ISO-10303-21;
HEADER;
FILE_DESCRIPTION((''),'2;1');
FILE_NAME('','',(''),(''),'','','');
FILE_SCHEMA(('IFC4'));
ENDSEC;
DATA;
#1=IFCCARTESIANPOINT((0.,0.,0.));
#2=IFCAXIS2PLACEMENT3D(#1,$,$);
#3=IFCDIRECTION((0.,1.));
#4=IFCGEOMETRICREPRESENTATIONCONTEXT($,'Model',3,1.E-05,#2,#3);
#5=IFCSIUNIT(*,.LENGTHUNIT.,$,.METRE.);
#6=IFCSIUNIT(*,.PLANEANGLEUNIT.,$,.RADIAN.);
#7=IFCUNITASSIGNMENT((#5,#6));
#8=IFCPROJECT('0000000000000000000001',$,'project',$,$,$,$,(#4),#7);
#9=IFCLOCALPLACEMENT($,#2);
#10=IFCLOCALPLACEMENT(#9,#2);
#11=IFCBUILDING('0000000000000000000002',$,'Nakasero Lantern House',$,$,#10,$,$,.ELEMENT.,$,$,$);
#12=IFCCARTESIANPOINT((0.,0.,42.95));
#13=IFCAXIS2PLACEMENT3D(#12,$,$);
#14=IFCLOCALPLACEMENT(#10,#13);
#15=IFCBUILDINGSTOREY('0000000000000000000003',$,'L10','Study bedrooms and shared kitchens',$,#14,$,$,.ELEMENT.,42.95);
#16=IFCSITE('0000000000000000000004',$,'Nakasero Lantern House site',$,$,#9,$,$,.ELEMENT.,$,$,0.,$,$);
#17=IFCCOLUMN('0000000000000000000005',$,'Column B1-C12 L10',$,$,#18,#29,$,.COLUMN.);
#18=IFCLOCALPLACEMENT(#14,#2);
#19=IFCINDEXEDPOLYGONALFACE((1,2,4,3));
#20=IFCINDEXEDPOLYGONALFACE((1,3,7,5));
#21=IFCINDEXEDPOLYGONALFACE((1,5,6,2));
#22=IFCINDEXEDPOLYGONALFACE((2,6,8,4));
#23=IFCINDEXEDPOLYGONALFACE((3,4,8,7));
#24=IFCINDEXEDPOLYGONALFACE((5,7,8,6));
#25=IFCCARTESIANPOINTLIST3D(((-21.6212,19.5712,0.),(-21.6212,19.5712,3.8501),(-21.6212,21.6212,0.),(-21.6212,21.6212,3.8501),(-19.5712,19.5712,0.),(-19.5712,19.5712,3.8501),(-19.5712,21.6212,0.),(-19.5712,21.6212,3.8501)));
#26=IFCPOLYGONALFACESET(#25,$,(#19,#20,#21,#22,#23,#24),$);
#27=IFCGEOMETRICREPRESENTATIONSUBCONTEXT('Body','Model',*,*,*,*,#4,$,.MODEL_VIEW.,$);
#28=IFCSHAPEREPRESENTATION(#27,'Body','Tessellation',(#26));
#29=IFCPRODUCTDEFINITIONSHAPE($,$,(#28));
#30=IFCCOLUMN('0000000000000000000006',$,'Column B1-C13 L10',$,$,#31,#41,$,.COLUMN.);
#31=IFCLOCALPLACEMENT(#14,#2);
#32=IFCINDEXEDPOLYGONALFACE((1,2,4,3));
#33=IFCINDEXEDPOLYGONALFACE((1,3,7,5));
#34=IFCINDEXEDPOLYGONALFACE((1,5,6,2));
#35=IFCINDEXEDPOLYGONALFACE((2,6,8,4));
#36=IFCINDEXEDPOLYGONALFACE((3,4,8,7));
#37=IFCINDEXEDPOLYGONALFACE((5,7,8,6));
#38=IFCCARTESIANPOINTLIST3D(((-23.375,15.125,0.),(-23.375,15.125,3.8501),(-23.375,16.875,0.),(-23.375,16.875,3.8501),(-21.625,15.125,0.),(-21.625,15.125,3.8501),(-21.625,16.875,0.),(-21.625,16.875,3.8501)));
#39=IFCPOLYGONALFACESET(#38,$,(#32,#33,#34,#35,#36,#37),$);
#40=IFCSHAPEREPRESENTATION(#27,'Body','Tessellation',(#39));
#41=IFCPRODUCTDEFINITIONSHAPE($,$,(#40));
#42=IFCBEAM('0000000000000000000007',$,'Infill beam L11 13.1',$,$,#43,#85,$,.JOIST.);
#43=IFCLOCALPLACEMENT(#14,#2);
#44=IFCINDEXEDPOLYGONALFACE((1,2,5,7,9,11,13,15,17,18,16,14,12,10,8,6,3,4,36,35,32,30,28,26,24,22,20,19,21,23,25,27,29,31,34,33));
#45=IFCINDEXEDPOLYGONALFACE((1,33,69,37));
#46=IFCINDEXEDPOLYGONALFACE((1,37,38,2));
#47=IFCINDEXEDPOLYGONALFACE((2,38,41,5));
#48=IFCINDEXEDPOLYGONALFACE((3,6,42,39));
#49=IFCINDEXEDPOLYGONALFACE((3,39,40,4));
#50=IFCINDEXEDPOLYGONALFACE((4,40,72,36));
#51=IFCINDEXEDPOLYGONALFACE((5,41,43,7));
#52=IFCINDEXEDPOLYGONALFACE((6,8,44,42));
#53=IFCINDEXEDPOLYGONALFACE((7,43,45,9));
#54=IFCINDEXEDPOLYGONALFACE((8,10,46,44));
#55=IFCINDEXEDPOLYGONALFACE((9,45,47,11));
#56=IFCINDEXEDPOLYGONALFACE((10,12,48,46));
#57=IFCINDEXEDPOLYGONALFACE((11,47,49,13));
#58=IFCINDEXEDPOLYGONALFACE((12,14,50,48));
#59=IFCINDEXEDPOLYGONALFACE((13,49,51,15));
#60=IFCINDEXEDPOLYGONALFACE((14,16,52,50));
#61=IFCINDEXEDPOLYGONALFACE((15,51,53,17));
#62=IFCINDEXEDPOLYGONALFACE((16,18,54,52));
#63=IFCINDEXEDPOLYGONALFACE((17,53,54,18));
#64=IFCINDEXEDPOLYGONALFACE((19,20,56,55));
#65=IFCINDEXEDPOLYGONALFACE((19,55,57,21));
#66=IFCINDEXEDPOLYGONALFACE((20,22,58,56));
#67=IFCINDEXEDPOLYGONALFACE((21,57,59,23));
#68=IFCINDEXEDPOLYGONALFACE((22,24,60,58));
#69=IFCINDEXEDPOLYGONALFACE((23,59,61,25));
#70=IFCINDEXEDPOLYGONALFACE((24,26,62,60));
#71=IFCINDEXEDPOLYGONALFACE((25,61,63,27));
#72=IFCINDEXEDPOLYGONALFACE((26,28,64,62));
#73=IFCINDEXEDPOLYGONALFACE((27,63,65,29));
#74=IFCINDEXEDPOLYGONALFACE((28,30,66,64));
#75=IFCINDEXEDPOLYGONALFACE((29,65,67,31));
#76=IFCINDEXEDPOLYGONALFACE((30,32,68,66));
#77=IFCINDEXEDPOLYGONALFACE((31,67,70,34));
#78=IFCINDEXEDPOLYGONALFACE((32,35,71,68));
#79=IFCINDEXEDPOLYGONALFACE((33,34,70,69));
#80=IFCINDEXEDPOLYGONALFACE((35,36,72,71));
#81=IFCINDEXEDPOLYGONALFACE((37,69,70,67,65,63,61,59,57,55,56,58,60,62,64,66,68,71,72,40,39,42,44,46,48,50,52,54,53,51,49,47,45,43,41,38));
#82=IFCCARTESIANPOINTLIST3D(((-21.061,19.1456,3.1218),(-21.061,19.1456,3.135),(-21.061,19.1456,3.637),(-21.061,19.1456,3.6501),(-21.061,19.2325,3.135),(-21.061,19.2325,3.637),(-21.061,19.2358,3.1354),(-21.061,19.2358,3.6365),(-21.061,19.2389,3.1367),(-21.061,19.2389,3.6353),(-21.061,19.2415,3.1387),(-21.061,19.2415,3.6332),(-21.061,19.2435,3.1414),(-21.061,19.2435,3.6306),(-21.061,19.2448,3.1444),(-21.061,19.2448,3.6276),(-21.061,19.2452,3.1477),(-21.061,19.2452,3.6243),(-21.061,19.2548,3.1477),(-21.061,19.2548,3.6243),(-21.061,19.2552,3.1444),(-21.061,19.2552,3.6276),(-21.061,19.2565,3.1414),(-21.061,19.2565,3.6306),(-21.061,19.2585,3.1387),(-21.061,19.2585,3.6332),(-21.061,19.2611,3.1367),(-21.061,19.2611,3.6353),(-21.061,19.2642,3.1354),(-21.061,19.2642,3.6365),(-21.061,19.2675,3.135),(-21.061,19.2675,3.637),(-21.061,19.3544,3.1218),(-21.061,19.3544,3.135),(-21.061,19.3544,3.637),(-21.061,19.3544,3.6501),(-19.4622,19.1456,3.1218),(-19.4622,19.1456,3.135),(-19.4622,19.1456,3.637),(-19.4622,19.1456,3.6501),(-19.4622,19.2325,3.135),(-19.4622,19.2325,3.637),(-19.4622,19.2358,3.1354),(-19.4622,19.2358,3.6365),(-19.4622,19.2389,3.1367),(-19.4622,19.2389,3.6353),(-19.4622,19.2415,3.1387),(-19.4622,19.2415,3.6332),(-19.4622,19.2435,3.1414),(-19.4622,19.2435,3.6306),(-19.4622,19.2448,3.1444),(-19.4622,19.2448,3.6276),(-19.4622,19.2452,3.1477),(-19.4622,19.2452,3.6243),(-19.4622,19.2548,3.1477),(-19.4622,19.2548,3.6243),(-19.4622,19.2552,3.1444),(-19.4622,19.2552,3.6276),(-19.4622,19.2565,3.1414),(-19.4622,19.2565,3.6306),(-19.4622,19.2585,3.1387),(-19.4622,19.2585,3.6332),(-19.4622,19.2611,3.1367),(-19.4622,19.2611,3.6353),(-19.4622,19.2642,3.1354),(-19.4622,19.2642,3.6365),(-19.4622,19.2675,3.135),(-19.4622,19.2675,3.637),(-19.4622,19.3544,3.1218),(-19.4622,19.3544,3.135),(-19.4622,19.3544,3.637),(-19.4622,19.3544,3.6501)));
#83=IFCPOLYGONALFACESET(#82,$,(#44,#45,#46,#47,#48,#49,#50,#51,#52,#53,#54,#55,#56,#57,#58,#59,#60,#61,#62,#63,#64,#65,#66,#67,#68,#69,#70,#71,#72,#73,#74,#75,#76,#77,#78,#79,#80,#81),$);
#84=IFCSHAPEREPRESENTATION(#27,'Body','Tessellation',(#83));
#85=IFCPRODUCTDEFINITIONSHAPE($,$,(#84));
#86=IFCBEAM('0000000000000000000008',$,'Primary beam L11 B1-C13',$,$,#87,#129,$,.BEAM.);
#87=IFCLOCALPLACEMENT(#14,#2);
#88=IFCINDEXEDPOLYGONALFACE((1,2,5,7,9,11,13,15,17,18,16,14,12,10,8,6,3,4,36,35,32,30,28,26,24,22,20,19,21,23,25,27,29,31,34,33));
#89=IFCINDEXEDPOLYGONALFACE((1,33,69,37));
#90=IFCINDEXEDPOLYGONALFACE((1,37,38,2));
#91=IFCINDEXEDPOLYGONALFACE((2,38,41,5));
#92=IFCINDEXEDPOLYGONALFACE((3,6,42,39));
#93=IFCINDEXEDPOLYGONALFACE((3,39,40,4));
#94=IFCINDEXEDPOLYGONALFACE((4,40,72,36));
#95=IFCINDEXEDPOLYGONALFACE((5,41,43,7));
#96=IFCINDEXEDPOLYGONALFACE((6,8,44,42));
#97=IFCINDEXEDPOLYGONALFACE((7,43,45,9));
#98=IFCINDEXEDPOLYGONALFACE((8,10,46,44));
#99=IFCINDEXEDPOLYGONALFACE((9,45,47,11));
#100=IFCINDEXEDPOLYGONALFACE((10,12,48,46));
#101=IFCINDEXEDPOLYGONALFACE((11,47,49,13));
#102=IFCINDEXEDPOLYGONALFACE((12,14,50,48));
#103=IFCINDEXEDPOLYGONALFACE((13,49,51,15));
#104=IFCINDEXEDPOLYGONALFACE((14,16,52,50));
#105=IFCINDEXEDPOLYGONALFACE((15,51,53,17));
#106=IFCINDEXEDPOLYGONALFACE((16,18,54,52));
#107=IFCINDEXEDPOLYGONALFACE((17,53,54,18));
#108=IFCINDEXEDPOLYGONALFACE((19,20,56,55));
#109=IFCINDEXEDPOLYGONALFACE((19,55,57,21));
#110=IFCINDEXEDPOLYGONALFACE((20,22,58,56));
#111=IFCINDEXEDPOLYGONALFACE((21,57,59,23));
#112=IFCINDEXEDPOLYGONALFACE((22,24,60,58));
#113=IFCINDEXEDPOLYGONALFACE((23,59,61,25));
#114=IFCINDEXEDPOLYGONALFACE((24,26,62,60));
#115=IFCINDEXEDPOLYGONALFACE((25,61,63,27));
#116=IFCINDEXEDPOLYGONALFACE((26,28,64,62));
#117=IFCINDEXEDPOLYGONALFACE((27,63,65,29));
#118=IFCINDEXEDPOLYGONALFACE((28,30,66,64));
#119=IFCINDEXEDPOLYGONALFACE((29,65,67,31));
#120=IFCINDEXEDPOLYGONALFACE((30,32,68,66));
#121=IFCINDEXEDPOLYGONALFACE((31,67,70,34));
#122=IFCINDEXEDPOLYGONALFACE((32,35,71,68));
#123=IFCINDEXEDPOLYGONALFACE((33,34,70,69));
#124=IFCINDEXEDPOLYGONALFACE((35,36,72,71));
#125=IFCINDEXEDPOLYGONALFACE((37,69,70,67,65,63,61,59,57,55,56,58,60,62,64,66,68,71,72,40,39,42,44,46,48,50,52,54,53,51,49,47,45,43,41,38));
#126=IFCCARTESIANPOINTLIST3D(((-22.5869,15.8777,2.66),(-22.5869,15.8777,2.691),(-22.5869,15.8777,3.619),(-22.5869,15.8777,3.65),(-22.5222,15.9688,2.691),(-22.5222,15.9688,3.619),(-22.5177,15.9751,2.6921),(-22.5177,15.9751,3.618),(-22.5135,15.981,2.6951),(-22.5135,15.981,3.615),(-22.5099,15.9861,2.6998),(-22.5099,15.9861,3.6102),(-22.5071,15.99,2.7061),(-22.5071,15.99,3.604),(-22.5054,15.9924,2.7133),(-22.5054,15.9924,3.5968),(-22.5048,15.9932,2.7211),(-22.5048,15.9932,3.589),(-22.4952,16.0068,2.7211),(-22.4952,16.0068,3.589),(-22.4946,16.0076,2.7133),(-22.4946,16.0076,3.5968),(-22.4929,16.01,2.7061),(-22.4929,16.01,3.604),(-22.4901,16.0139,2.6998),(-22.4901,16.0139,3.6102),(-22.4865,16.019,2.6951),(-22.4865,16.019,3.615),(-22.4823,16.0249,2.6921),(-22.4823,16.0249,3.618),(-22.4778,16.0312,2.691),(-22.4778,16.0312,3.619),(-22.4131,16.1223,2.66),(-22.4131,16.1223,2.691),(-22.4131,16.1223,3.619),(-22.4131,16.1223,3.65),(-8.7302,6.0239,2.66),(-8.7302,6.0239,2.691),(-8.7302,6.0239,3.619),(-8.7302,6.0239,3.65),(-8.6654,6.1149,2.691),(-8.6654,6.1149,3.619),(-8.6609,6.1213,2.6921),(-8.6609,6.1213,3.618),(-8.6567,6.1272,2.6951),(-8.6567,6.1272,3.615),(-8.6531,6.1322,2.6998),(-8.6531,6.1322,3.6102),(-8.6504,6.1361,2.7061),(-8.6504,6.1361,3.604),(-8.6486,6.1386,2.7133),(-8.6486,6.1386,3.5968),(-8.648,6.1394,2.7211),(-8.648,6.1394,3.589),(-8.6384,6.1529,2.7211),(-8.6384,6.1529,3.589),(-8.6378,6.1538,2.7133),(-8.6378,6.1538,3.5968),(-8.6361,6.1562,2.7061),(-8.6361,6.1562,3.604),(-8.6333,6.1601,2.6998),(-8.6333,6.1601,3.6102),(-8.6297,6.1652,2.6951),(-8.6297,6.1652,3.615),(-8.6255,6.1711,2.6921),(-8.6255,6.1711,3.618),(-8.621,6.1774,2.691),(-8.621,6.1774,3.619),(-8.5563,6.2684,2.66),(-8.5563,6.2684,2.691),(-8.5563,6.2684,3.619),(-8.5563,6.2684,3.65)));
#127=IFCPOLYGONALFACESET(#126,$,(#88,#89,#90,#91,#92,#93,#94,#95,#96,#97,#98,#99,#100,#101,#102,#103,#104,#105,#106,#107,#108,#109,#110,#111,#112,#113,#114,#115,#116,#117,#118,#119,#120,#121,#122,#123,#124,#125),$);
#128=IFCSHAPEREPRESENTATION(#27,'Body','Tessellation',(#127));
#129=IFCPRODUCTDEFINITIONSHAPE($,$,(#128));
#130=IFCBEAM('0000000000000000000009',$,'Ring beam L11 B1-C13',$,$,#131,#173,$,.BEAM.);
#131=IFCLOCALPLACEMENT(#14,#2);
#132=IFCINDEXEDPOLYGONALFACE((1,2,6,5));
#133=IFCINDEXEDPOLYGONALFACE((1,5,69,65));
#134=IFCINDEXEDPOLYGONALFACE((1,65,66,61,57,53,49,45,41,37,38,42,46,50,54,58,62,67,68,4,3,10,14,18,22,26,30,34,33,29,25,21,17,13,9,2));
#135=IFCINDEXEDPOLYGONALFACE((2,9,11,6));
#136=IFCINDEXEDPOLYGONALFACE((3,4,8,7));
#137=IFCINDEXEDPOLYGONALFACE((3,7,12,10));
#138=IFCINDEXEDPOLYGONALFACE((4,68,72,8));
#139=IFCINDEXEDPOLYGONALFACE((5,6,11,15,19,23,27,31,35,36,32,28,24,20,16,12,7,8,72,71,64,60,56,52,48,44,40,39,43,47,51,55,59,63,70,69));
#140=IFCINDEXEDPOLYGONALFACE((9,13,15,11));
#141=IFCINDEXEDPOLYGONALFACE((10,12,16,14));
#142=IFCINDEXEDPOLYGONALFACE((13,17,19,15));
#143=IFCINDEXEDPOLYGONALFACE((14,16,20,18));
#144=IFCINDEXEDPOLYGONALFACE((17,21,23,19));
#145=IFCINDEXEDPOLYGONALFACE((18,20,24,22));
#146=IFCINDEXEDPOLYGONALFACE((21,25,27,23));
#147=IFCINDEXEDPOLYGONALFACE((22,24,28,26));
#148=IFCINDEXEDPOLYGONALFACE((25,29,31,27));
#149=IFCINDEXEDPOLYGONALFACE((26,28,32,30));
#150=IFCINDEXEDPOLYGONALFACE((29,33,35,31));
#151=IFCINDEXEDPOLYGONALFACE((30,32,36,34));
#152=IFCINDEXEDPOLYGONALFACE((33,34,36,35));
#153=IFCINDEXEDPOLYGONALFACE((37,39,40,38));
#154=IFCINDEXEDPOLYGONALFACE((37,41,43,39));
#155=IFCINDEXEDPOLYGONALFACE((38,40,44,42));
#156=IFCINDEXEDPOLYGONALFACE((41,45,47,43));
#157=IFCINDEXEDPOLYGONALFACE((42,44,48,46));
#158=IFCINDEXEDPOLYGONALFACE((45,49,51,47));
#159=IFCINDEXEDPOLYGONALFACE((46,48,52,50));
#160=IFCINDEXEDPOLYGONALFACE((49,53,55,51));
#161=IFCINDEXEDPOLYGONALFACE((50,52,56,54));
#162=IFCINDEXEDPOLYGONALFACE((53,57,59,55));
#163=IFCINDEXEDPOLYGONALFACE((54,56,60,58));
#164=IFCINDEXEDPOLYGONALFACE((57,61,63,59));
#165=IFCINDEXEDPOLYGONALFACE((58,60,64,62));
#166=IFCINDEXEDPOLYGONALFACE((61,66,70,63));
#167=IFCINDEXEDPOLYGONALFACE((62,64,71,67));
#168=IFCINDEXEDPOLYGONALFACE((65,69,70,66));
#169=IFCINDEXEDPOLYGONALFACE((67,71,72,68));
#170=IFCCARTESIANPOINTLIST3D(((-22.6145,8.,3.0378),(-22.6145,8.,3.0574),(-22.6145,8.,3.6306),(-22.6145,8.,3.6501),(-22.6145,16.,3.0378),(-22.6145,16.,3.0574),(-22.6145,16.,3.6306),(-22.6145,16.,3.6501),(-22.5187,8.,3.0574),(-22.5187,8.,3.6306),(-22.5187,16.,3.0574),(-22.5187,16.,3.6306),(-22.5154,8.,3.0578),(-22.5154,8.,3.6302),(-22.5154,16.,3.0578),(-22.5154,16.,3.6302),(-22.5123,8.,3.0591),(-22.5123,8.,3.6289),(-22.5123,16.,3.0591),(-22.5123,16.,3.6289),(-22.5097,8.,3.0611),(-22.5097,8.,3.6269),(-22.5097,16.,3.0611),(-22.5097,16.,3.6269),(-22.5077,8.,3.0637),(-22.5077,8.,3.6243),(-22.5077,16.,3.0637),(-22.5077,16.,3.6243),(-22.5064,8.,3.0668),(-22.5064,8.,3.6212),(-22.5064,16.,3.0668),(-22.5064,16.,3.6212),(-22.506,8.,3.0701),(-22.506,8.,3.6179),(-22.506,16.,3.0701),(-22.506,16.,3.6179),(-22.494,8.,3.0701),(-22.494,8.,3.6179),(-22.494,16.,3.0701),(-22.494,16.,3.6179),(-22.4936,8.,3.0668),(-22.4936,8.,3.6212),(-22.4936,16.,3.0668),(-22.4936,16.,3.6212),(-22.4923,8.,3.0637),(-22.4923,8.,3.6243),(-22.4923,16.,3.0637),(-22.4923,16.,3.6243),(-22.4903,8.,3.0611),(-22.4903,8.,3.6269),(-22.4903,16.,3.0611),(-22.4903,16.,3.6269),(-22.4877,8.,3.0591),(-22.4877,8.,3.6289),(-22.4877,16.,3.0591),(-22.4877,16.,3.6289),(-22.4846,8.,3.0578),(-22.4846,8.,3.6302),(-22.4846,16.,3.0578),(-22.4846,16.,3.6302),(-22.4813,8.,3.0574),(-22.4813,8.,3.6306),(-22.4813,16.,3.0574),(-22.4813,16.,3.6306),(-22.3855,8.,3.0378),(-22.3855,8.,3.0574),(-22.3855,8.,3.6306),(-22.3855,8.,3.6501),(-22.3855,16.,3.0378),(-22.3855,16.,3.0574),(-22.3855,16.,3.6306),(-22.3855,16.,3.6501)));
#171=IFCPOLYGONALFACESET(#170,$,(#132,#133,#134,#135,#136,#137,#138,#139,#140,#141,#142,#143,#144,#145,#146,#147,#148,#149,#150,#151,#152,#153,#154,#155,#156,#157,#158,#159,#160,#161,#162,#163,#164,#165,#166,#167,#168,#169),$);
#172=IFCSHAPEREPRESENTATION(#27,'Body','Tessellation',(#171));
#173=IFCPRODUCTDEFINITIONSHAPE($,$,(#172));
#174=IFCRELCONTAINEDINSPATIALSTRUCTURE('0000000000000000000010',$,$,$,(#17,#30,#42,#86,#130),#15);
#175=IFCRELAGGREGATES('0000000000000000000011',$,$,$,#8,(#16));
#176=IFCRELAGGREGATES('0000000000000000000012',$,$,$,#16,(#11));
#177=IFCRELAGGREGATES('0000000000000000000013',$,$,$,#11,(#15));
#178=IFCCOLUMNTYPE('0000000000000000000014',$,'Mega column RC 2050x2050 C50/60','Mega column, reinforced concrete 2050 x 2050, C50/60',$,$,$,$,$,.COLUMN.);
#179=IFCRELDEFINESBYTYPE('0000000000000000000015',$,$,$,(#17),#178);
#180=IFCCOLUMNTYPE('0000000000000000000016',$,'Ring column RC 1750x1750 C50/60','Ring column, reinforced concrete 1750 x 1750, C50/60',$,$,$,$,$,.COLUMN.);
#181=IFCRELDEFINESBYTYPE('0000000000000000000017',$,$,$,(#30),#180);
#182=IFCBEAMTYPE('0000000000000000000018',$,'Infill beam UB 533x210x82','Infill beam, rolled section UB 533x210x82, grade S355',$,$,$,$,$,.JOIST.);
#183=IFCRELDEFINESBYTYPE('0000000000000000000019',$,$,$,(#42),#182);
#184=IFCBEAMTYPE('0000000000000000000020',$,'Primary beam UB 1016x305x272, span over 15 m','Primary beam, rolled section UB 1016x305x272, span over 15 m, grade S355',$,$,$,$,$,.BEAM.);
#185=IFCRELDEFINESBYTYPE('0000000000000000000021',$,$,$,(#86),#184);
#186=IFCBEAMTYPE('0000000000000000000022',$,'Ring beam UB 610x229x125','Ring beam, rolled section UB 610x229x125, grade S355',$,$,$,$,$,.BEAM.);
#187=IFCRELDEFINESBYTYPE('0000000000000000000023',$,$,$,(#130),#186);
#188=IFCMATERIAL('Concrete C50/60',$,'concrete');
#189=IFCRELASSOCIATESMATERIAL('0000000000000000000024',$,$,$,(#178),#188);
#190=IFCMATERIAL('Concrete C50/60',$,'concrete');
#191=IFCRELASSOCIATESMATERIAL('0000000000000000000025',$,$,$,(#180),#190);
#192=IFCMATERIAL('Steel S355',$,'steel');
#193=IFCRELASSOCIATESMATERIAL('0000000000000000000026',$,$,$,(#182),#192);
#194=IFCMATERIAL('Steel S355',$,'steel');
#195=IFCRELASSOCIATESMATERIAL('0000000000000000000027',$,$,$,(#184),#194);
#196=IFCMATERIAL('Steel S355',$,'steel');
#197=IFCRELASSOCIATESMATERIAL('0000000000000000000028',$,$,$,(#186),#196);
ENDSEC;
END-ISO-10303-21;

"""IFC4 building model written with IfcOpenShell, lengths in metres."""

from ifc_helpers import new_model, si_unit, direction, frame, origin, origin_2d, place, context, subcontext, project, spatial, rectangle, i_section, extrude, material, material_profile, profile_set, type_object, element, save


model = new_model("IFC4")

# Units and contexts
model_context = context("Model", 3, precision=1e-05, world=origin(), true_north=direction((0.0, 1.0)))
body_context = subcontext(model_context, "Body", "Model", "MODEL_VIEW")
ifc_project = project(units=[si_unit("LENGTHUNIT", "METRE"), si_unit("PLANEANGLEUNIT", "RADIAN")], contexts=[model_context])

# Site, building, storey
site_placement = place(None, origin())
site = spatial("IfcSite", under=ifc_project, at=site_placement, Name="Nakasero Lantern House site", CompositionType="ELEMENT", RefElevation=0.0)
building_placement = place(site_placement, origin())
building = spatial("IfcBuilding", under=site, at=building_placement, Name="Nakasero Lantern House", CompositionType="ELEMENT")
storey_placement = place(building_placement, frame((0.0, 0.0, 42.95)))
storey = spatial("IfcBuildingStorey", under=building, at=storey_placement, Name="L10", Description="Study bedrooms and shared kitchens", CompositionType="ELEMENT", Elevation=42.95)

# Columns
ifc_material_1 = material(Name="Concrete C50/60", Category="concrete")
ifc_material_profile_1 = material_profile(ifc_material_1, rectangle(XDim=2.05, YDim=2.05, at=origin_2d()), Name="RC 2050x2050")
ifc_profile_set_1 = profile_set([ifc_material_profile_1], Name="Concrete C50/60")
column_type_1 = type_object("IfcColumnType", Name="Mega column RC 2050x2050 C50/60", Description="Mega column, reinforced concrete 2050 x 2050, C50/60", PredefinedType="COLUMN", material=ifc_profile_set_1)
column_1_placement = place(storey_placement, frame((-20.5962, 20.5962, 0.0), z_axis=(0.0, 0.0, 1.0), x_axis=(1.0, 0.0, 0.0)))
element("IfcColumn", 1, at=column_1_placement, inside=storey, type_object=column_type_1, Name="Column B1-C12 L10", PredefinedType="COLUMN", context=body_context, shape_type="SweptSolid", body=[
    extrude(rectangle(XDim=2.05, YDim=2.05, at=origin_2d()), origin(), (0.0, 0.0, 1.0), 3.8501),
])
ifc_material_2 = material(Name="Concrete C50/60", Category="concrete")
ifc_material_profile_2 = material_profile(ifc_material_2, rectangle(XDim=1.75, YDim=1.75, at=origin_2d()), Name="RC 1750x1750")
ifc_profile_set_2 = profile_set([ifc_material_profile_2], Name="Concrete C50/60")
column_type_2 = type_object("IfcColumnType", Name="Ring column RC 1750x1750 C50/60", Description="Ring column, reinforced concrete 1750 x 1750, C50/60", PredefinedType="COLUMN", material=ifc_profile_set_2)
column_2_placement = place(storey_placement, frame((-22.5, 16.0, 0.0), z_axis=(0.0, 0.0, 1.0), x_axis=(1.0, 0.0, 0.0)))
element("IfcColumn", 2, at=column_2_placement, inside=storey, type_object=column_type_2, Name="Column B1-C13 L10", PredefinedType="COLUMN", context=body_context, shape_type="SweptSolid", body=[
    extrude(rectangle(XDim=1.75, YDim=1.75, at=origin_2d()), origin(), (0.0, 0.0, 1.0), 3.8501),
])

# Beams
ifc_material_3 = material(Name="Steel S355", Category="steel")
ifc_material_profile_3 = material_profile(ifc_material_3, i_section(OverallWidth=0.2087, OverallDepth=0.5283, WebThickness=0.0095, FlangeThickness=0.0132, FilletRadius=0.0127, at=origin_2d()), Name="UB 533x210x82")
ifc_profile_set_3 = profile_set([ifc_material_profile_3], Name="Steel S355")
beam_type_1 = type_object("IfcBeamType", Name="Infill beam UB 533x210x82", Description="Infill beam, rolled section UB 533x210x82, grade S355", PredefinedType="JOIST", material=ifc_profile_set_3)
beam_1_placement = place(storey_placement, frame((-21.061, 19.25, 3.386), z_axis=(1.0, 0.0, 0.0), x_axis=(0.0, 1.0, 0.0)))
element("IfcBeam", 3, at=beam_1_placement, inside=storey, type_object=beam_type_1, Name="Infill beam L11 13.1", PredefinedType="JOIST", context=body_context, shape_type="SweptSolid", body=[
    extrude(i_section(OverallWidth=0.2087, OverallDepth=0.5283, WebThickness=0.0095, FlangeThickness=0.0132, FilletRadius=0.0127, at=origin_2d()), origin(), (0.0, 0.0, 1.0), 1.5989),
])
ifc_material_4 = material(Name="Steel S355", Category="steel")
ifc_material_profile_4 = material_profile(ifc_material_4, i_section(OverallWidth=0.3, OverallDepth=0.99, WebThickness=0.0166, FlangeThickness=0.031, FilletRadius=0.03, at=origin_2d()), Name="UB 1016x305x272")
ifc_profile_set_4 = profile_set([ifc_material_profile_4], Name="Steel S355")
beam_type_2 = type_object("IfcBeamType", Name="Primary beam UB 1016x305x272, span over 15 m", Description="Primary beam, rolled section UB 1016x305x272, span over 15 m, grade S355", PredefinedType="BEAM", material=ifc_profile_set_4)
beam_2_placement = place(storey_placement, frame((-22.5, 16.0, 3.155), z_axis=(0.814952, -0.579528, 0.0), x_axis=(0.579528, 0.814952, 0.0)))
element("IfcBeam", 4, at=beam_2_placement, inside=storey, type_object=beam_type_2, Name="Primary beam L11 B1-C13", PredefinedType="BEAM", context=body_context, shape_type="SweptSolid", body=[
    extrude(i_section(OverallWidth=0.3, OverallDepth=0.99, WebThickness=0.0166, FlangeThickness=0.031, FilletRadius=0.03, at=origin_2d()), origin(), (0.0, 0.0, 1.0), 17.0032),
])
ifc_material_5 = material(Name="Steel S355", Category="steel")
ifc_material_profile_5 = material_profile(ifc_material_5, i_section(OverallWidth=0.229, OverallDepth=0.6123, WebThickness=0.012, FlangeThickness=0.0195, FilletRadius=0.0127, at=origin_2d()), Name="UB 610x229x125")
ifc_profile_set_5 = profile_set([ifc_material_profile_5], Name="Steel S355")
beam_type_3 = type_object("IfcBeamType", Name="Ring beam UB 610x229x125", Description="Ring beam, rolled section UB 610x229x125, grade S355", PredefinedType="BEAM", material=ifc_profile_set_5)
beam_3_placement = place(storey_placement, frame((-22.5, 16.0, 3.344), z_axis=(0.0, -1.0, 0.0), x_axis=(1.0, 0.0, 0.0)))
element("IfcBeam", 5, at=beam_3_placement, inside=storey, type_object=beam_type_3, Name="Ring beam L11 B1-C13", PredefinedType="BEAM", context=body_context, shape_type="SweptSolid", body=[
    extrude(i_section(OverallWidth=0.229, OverallDepth=0.6123, WebThickness=0.012, FlangeThickness=0.0195, FilletRadius=0.0127, at=origin_2d()), origin(), (0.0, 0.0, 1.0), 8.0),
])

save(model, "model.ifc")
